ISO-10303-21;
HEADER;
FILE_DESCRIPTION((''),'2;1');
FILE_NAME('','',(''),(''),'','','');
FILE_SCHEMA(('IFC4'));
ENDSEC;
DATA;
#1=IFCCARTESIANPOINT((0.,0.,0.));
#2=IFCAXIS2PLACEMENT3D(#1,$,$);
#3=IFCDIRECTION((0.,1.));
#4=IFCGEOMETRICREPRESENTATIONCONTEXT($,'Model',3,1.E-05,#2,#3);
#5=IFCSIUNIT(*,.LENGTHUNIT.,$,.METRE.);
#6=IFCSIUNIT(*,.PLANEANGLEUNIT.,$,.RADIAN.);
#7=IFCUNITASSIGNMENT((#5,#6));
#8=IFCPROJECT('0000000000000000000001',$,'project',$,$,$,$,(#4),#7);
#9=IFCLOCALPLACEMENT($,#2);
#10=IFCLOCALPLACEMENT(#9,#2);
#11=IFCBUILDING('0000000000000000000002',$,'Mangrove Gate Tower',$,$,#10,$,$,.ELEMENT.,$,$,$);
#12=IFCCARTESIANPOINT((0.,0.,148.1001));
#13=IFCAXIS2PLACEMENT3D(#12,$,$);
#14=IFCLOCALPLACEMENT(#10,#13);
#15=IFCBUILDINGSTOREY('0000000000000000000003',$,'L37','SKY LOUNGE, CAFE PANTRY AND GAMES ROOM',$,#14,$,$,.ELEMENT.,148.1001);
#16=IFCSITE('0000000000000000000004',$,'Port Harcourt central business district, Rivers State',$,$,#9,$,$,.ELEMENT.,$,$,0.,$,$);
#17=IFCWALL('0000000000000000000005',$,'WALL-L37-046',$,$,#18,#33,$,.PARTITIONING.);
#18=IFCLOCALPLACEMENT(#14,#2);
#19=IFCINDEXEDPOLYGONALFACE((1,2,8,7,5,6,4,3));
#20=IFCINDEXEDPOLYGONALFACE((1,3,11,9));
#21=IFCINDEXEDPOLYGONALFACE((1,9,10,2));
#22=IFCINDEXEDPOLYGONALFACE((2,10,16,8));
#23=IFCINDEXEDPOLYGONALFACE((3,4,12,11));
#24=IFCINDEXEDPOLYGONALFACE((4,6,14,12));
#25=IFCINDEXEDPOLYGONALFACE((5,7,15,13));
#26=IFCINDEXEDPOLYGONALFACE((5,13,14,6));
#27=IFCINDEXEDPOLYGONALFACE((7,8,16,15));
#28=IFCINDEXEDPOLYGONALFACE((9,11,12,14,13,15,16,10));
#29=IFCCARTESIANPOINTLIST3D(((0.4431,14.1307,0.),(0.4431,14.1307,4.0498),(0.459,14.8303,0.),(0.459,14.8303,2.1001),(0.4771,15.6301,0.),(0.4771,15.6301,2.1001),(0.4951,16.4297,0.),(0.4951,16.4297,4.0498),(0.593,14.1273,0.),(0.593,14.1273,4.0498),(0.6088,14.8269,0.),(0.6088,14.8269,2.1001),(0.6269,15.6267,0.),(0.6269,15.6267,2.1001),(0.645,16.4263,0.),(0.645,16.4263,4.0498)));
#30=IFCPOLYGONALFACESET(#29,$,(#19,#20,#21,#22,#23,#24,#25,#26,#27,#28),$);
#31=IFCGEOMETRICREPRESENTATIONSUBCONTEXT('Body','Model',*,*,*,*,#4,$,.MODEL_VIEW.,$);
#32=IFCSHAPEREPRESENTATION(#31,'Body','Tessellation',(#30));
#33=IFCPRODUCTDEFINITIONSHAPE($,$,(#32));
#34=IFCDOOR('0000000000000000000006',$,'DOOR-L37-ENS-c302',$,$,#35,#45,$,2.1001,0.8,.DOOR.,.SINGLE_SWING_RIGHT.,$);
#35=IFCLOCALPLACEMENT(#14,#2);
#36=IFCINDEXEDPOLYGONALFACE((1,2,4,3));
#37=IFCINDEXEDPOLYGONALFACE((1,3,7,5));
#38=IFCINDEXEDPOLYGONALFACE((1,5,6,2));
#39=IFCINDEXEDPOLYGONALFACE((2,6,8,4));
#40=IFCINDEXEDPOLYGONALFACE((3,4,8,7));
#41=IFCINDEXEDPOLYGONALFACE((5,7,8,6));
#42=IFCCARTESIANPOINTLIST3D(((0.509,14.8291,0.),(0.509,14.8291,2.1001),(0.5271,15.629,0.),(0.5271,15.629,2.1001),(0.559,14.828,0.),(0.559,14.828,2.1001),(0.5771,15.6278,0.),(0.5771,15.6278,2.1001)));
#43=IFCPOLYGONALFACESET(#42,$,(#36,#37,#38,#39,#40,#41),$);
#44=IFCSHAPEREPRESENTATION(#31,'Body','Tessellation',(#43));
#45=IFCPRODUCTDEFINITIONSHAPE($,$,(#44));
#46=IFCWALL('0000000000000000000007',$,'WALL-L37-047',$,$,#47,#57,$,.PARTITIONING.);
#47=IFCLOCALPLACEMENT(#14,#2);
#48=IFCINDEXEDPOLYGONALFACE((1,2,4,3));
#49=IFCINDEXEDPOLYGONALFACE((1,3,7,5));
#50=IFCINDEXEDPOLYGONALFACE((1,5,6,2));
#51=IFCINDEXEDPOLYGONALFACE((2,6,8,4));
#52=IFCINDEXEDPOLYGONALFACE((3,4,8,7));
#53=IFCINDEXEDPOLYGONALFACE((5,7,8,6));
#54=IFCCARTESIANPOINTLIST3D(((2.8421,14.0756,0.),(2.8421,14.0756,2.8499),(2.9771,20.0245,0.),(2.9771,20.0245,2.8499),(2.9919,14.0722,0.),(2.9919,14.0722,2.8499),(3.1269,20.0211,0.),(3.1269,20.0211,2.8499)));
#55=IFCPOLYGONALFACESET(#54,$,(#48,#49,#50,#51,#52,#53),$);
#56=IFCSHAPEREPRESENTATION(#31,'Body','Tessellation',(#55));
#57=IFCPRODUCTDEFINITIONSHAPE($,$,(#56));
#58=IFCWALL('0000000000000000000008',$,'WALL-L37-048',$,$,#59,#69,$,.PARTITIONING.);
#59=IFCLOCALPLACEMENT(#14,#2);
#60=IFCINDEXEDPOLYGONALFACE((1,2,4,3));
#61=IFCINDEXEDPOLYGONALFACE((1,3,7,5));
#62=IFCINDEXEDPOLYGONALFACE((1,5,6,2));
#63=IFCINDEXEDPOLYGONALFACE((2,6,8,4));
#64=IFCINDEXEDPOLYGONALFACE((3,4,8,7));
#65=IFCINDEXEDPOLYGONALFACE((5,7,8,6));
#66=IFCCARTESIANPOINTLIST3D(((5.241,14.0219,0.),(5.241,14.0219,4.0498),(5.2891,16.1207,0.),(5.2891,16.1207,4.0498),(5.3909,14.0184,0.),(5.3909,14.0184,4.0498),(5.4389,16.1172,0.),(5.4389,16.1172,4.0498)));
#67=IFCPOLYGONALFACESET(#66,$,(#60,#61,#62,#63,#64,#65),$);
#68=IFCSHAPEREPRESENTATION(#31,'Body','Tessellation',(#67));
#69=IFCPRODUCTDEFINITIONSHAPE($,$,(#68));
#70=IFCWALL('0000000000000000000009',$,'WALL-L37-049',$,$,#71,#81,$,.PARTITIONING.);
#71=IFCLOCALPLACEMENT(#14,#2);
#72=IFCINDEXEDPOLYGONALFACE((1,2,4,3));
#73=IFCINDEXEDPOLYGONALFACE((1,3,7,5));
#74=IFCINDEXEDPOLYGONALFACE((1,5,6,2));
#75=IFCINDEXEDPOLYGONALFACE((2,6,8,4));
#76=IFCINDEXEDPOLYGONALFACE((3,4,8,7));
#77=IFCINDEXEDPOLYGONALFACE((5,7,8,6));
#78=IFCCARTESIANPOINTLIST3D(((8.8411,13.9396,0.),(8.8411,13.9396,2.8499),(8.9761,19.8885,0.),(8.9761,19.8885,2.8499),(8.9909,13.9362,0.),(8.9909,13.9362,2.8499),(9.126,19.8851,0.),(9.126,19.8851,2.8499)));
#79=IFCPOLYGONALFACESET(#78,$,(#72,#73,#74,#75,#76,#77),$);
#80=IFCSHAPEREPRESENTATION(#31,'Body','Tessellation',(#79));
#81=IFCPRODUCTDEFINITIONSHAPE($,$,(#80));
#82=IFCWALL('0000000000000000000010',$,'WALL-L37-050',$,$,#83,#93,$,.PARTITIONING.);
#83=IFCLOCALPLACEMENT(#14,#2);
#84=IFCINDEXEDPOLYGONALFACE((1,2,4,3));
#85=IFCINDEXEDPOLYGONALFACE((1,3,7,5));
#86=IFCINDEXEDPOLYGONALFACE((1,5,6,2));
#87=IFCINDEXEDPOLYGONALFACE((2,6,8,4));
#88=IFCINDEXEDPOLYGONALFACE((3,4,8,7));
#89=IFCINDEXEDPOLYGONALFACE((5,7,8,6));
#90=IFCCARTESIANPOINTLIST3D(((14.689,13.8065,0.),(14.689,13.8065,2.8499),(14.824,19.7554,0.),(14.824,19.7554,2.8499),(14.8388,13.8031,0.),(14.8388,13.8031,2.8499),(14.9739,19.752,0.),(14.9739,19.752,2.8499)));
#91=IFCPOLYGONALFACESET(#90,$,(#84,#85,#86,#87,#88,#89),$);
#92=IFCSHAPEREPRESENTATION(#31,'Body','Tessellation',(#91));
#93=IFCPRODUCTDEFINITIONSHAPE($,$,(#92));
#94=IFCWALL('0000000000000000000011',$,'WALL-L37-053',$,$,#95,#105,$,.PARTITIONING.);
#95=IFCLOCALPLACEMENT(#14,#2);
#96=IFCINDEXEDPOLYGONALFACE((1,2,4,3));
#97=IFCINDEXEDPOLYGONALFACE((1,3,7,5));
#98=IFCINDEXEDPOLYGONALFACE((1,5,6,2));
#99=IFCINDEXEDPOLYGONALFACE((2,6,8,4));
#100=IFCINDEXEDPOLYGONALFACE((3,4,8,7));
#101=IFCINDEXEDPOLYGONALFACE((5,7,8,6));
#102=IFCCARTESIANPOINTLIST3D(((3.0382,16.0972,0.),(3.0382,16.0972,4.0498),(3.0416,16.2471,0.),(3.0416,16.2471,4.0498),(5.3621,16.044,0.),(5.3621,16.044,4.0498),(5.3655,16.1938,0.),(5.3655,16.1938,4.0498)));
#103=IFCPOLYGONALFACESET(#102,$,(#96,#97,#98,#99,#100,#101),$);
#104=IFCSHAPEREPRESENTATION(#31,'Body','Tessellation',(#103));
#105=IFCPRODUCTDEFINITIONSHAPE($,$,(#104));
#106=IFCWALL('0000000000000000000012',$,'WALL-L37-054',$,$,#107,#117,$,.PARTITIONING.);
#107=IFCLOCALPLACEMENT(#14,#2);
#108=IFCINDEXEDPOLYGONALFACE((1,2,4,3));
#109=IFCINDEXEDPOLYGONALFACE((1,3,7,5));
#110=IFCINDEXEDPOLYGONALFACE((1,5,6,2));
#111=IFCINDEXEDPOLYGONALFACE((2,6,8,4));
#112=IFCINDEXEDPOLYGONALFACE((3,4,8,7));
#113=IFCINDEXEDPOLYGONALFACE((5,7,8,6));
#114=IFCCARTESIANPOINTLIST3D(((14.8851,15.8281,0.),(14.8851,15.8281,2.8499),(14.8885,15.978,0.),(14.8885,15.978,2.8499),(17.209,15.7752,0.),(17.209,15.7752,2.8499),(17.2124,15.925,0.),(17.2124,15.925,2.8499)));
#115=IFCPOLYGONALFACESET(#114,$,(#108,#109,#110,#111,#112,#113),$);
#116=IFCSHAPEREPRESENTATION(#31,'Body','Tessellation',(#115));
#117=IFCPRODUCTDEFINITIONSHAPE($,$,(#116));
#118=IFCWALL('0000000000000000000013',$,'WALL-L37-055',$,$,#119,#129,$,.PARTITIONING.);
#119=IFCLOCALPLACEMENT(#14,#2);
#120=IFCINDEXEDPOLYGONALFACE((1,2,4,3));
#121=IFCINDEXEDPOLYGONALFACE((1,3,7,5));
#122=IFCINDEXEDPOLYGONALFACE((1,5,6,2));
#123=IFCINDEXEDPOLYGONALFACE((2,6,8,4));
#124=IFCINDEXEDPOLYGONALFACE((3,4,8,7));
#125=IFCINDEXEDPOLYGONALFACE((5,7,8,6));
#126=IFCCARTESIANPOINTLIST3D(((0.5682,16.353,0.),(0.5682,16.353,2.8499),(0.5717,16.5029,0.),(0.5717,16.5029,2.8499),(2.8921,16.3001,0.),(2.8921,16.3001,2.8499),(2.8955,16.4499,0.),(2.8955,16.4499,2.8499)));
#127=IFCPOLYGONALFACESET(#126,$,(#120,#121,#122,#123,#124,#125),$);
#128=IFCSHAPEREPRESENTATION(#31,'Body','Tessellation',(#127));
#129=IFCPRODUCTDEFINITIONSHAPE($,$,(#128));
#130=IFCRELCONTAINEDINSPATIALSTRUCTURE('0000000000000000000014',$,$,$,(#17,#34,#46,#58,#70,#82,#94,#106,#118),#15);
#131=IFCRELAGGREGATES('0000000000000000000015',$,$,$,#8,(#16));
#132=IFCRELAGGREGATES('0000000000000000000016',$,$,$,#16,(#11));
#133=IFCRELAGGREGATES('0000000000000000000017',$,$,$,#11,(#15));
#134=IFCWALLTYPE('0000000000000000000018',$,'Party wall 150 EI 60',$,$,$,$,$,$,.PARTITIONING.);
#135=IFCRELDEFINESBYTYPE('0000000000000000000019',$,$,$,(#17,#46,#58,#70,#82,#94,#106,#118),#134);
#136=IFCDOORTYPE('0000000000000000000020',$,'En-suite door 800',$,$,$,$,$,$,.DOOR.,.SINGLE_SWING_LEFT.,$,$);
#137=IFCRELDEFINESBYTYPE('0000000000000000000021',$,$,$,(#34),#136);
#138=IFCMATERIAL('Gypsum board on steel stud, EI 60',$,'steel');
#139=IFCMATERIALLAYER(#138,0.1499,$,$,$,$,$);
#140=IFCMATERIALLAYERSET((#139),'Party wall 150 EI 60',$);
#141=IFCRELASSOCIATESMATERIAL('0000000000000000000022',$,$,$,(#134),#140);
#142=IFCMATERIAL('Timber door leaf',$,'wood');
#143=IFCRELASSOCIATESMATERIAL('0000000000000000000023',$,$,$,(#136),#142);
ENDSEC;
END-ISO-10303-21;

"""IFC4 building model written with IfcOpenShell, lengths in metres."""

from ifc_helpers import new_model, si_unit, direction, frame, frame_2d, origin, place, context, subcontext, project, spatial, rectangle, extrude, material, layer, layer_set, type_object, element, fill, save


model = new_model("IFC4")

# Units and contexts
model_context = context("Model", 3, precision=1e-05, world=origin(), true_north=direction((0.0, 1.0)))
body_context = subcontext(model_context, "Body", "Model", "MODEL_VIEW")
ifc_project = project(units=[si_unit("LENGTHUNIT", "METRE"), si_unit("PLANEANGLEUNIT", "RADIAN")], contexts=[model_context])

# Site, building, storey
site_placement = place(None, origin())
site = spatial("IfcSite", under=ifc_project, at=site_placement, Name="Port Harcourt central business district, Rivers State", CompositionType="ELEMENT", RefElevation=0.0)
building_placement = place(site_placement, origin())
building = spatial("IfcBuilding", under=site, at=building_placement, Name="Mangrove Gate Tower", CompositionType="ELEMENT")
storey_placement = place(building_placement, frame((0.0, 0.0, 148.1001)))
storey = spatial("IfcBuildingStorey", under=building, at=storey_placement, Name="L37", Description="SKY LOUNGE, CAFE PANTRY AND GAMES ROOM", CompositionType="ELEMENT", Elevation=148.1001)

# Wall, opening, door
ifc_material_1 = material(Name="Gypsum board on steel stud, EI 60", Category="steel")
ifc_layer_1 = layer(ifc_material_1, 0.1499)
ifc_layer_set_1 = layer_set([ifc_layer_1], Name="Party wall 150 EI 60")
wall_type_1 = type_object("IfcWallType", Name="Party wall 150 EI 60", PredefinedType="PARTITIONING", material=ifc_layer_set_1)
wall_1_placement = place(storey_placement, frame((0.5181, 14.1289, 0.0), z_axis=(0.0, 0.0, 1.0), x_axis=(0.022613, 0.999744, 0.0)))
wall_1 = element("IfcWall", 1, at=wall_1_placement, inside=storey, type_object=wall_type_1, Name="WALL-L37-046", PredefinedType="PARTITIONING", context=body_context, shape_type="SweptSolid", body=[
    extrude(rectangle(XDim=2.2996, YDim=0.1499, at=frame_2d((1.1499, 0.0))), origin(), (0.0, 0.0, 1.0), 4.0498),
])
opening_placement = place(wall_1_placement, frame((0.7, 0.0, 0.0)))
opening = element("IfcOpeningElement", 2, at=opening_placement, cuts=wall_1, PredefinedType="OPENING", context=body_context, shape_type="SweptSolid", body=[
    extrude(rectangle(XDim=0.8, YDim=2.1001, at=frame_2d((0.3999, 1.05))), frame((0.0, 0.085, 0.0), z_axis=(0.0, -1.0, 0.0), x_axis=(1.0, 0.0, 0.0)), (0.0, 0.0, 1.0), 0.1699),
])
ifc_material_2 = material(Name="Timber door leaf", Category="wood")
door_type = type_object("IfcDoorType", Name="En-suite door 800", OperationType="SINGLE_SWING_LEFT", PredefinedType="DOOR", material=ifc_material_2)
door_placement = place(opening_placement, origin())
door = element("IfcDoor", 3, at=door_placement, inside=storey, type_object=door_type, Name="DOOR-L37-ENS-c302", OperationType="SINGLE_SWING_RIGHT", OverallHeight=2.1001, OverallWidth=0.8, PredefinedType="DOOR", context=body_context, shape_type="SweptSolid", body=[
    extrude(rectangle(XDim=0.8, YDim=2.1001, at=frame_2d((0.3999, 1.05))), frame((0.0, 0.0249, 0.0), z_axis=(0.0, -1.0, 0.0), x_axis=(1.0, 0.0, 0.0)), (0.0, 0.0, 1.0), 0.05),
])
fill(opening, door)

# Walls
wall_2_placement = place(storey_placement, frame((2.917, 14.074, 0.0), z_axis=(0.0, 0.0, 1.0), x_axis=(0.022689, 0.999743, 0.0)))
element("IfcWall", 4, at=wall_2_placement, inside=storey, type_object=wall_type_1, Name="WALL-L37-047", PredefinedType="PARTITIONING", context=body_context, shape_type="SweptSolid", body=[
    extrude(rectangle(XDim=5.9504, YDim=0.1499, at=frame_2d((2.9751, 0.0))), origin(), (0.0, 0.0, 1.0), 2.8499),
])
wall_3_placement = place(storey_placement, frame((5.3159, 14.02, 0.0), z_axis=(0.0, 0.0, 1.0), x_axis=(0.022909, 0.999738, 0.0)))
element("IfcWall", 5, at=wall_3_placement, inside=storey, type_object=wall_type_1, Name="WALL-L37-048", PredefinedType="PARTITIONING", context=body_context, shape_type="SweptSolid", body=[
    extrude(rectangle(XDim=2.0994, YDim=0.1499, at=frame_2d((1.0498, 0.0))), origin(), (0.0, 0.0, 1.0), 4.0498),
])
for number, where, z_axis, x_axis, name in (
    (6, (8.916, 13.938, 0.0), (0.0, 0.0, 1.0), (0.022689, 0.999743, 0.0), "WALL-L37-049"),
    (7, (14.7639, 13.8049, 0.0), (0.0, 0.0, 1.0), (0.022689, 0.999743, 0.0), "WALL-L37-050"),
):
    element("IfcWall", number, at=place(storey_placement, frame(where, z_axis=z_axis, x_axis=x_axis)), inside=storey, type_object=wall_type_1, Name=name, PredefinedType="PARTITIONING", context=body_context, shape_type="SweptSolid", body=[
        extrude(rectangle(XDim=5.9504, YDim=0.1499, at=frame_2d((2.9751, 0.0))), origin(), (0.0, 0.0, 1.0), 2.8499),
    ])
wall_4_placement = place(storey_placement, frame((3.04, 16.1721, 0.0), z_axis=(0.0, 0.0, 1.0), x_axis=(0.999738, -0.022896, 0.0)))
element("IfcWall", 8, at=wall_4_placement, inside=storey, type_object=wall_type_1, Name="WALL-L37-053", PredefinedType="PARTITIONING", context=body_context, shape_type="SweptSolid", body=[
    extrude(rectangle(XDim=2.3245, YDim=0.1499, at=frame_2d((1.1621, 0.0))), origin(), (0.0, 0.0, 1.0), 4.0498),
])
for number, where, z_axis, x_axis, name in (
    (9, (14.887, 15.9031, 0.0), (0.0, 0.0, 1.0), (0.99974, -0.022791, 0.0), "WALL-L37-054"),
    (10, (0.5701, 16.428, 0.0), (0.0, 0.0, 1.0), (0.99974, -0.022791, 0.0), "WALL-L37-055"),
):
    element("IfcWall", number, at=place(storey_placement, frame(where, z_axis=z_axis, x_axis=x_axis)), inside=storey, type_object=wall_type_1, Name=name, PredefinedType="PARTITIONING", context=body_context, shape_type="SweptSolid", body=[
        extrude(rectangle(XDim=2.3245, YDim=0.1499, at=frame_2d((1.1621, 0.0))), origin(), (0.0, 0.0, 1.0), 2.8499),
    ])

save(model, "model.ifc")
